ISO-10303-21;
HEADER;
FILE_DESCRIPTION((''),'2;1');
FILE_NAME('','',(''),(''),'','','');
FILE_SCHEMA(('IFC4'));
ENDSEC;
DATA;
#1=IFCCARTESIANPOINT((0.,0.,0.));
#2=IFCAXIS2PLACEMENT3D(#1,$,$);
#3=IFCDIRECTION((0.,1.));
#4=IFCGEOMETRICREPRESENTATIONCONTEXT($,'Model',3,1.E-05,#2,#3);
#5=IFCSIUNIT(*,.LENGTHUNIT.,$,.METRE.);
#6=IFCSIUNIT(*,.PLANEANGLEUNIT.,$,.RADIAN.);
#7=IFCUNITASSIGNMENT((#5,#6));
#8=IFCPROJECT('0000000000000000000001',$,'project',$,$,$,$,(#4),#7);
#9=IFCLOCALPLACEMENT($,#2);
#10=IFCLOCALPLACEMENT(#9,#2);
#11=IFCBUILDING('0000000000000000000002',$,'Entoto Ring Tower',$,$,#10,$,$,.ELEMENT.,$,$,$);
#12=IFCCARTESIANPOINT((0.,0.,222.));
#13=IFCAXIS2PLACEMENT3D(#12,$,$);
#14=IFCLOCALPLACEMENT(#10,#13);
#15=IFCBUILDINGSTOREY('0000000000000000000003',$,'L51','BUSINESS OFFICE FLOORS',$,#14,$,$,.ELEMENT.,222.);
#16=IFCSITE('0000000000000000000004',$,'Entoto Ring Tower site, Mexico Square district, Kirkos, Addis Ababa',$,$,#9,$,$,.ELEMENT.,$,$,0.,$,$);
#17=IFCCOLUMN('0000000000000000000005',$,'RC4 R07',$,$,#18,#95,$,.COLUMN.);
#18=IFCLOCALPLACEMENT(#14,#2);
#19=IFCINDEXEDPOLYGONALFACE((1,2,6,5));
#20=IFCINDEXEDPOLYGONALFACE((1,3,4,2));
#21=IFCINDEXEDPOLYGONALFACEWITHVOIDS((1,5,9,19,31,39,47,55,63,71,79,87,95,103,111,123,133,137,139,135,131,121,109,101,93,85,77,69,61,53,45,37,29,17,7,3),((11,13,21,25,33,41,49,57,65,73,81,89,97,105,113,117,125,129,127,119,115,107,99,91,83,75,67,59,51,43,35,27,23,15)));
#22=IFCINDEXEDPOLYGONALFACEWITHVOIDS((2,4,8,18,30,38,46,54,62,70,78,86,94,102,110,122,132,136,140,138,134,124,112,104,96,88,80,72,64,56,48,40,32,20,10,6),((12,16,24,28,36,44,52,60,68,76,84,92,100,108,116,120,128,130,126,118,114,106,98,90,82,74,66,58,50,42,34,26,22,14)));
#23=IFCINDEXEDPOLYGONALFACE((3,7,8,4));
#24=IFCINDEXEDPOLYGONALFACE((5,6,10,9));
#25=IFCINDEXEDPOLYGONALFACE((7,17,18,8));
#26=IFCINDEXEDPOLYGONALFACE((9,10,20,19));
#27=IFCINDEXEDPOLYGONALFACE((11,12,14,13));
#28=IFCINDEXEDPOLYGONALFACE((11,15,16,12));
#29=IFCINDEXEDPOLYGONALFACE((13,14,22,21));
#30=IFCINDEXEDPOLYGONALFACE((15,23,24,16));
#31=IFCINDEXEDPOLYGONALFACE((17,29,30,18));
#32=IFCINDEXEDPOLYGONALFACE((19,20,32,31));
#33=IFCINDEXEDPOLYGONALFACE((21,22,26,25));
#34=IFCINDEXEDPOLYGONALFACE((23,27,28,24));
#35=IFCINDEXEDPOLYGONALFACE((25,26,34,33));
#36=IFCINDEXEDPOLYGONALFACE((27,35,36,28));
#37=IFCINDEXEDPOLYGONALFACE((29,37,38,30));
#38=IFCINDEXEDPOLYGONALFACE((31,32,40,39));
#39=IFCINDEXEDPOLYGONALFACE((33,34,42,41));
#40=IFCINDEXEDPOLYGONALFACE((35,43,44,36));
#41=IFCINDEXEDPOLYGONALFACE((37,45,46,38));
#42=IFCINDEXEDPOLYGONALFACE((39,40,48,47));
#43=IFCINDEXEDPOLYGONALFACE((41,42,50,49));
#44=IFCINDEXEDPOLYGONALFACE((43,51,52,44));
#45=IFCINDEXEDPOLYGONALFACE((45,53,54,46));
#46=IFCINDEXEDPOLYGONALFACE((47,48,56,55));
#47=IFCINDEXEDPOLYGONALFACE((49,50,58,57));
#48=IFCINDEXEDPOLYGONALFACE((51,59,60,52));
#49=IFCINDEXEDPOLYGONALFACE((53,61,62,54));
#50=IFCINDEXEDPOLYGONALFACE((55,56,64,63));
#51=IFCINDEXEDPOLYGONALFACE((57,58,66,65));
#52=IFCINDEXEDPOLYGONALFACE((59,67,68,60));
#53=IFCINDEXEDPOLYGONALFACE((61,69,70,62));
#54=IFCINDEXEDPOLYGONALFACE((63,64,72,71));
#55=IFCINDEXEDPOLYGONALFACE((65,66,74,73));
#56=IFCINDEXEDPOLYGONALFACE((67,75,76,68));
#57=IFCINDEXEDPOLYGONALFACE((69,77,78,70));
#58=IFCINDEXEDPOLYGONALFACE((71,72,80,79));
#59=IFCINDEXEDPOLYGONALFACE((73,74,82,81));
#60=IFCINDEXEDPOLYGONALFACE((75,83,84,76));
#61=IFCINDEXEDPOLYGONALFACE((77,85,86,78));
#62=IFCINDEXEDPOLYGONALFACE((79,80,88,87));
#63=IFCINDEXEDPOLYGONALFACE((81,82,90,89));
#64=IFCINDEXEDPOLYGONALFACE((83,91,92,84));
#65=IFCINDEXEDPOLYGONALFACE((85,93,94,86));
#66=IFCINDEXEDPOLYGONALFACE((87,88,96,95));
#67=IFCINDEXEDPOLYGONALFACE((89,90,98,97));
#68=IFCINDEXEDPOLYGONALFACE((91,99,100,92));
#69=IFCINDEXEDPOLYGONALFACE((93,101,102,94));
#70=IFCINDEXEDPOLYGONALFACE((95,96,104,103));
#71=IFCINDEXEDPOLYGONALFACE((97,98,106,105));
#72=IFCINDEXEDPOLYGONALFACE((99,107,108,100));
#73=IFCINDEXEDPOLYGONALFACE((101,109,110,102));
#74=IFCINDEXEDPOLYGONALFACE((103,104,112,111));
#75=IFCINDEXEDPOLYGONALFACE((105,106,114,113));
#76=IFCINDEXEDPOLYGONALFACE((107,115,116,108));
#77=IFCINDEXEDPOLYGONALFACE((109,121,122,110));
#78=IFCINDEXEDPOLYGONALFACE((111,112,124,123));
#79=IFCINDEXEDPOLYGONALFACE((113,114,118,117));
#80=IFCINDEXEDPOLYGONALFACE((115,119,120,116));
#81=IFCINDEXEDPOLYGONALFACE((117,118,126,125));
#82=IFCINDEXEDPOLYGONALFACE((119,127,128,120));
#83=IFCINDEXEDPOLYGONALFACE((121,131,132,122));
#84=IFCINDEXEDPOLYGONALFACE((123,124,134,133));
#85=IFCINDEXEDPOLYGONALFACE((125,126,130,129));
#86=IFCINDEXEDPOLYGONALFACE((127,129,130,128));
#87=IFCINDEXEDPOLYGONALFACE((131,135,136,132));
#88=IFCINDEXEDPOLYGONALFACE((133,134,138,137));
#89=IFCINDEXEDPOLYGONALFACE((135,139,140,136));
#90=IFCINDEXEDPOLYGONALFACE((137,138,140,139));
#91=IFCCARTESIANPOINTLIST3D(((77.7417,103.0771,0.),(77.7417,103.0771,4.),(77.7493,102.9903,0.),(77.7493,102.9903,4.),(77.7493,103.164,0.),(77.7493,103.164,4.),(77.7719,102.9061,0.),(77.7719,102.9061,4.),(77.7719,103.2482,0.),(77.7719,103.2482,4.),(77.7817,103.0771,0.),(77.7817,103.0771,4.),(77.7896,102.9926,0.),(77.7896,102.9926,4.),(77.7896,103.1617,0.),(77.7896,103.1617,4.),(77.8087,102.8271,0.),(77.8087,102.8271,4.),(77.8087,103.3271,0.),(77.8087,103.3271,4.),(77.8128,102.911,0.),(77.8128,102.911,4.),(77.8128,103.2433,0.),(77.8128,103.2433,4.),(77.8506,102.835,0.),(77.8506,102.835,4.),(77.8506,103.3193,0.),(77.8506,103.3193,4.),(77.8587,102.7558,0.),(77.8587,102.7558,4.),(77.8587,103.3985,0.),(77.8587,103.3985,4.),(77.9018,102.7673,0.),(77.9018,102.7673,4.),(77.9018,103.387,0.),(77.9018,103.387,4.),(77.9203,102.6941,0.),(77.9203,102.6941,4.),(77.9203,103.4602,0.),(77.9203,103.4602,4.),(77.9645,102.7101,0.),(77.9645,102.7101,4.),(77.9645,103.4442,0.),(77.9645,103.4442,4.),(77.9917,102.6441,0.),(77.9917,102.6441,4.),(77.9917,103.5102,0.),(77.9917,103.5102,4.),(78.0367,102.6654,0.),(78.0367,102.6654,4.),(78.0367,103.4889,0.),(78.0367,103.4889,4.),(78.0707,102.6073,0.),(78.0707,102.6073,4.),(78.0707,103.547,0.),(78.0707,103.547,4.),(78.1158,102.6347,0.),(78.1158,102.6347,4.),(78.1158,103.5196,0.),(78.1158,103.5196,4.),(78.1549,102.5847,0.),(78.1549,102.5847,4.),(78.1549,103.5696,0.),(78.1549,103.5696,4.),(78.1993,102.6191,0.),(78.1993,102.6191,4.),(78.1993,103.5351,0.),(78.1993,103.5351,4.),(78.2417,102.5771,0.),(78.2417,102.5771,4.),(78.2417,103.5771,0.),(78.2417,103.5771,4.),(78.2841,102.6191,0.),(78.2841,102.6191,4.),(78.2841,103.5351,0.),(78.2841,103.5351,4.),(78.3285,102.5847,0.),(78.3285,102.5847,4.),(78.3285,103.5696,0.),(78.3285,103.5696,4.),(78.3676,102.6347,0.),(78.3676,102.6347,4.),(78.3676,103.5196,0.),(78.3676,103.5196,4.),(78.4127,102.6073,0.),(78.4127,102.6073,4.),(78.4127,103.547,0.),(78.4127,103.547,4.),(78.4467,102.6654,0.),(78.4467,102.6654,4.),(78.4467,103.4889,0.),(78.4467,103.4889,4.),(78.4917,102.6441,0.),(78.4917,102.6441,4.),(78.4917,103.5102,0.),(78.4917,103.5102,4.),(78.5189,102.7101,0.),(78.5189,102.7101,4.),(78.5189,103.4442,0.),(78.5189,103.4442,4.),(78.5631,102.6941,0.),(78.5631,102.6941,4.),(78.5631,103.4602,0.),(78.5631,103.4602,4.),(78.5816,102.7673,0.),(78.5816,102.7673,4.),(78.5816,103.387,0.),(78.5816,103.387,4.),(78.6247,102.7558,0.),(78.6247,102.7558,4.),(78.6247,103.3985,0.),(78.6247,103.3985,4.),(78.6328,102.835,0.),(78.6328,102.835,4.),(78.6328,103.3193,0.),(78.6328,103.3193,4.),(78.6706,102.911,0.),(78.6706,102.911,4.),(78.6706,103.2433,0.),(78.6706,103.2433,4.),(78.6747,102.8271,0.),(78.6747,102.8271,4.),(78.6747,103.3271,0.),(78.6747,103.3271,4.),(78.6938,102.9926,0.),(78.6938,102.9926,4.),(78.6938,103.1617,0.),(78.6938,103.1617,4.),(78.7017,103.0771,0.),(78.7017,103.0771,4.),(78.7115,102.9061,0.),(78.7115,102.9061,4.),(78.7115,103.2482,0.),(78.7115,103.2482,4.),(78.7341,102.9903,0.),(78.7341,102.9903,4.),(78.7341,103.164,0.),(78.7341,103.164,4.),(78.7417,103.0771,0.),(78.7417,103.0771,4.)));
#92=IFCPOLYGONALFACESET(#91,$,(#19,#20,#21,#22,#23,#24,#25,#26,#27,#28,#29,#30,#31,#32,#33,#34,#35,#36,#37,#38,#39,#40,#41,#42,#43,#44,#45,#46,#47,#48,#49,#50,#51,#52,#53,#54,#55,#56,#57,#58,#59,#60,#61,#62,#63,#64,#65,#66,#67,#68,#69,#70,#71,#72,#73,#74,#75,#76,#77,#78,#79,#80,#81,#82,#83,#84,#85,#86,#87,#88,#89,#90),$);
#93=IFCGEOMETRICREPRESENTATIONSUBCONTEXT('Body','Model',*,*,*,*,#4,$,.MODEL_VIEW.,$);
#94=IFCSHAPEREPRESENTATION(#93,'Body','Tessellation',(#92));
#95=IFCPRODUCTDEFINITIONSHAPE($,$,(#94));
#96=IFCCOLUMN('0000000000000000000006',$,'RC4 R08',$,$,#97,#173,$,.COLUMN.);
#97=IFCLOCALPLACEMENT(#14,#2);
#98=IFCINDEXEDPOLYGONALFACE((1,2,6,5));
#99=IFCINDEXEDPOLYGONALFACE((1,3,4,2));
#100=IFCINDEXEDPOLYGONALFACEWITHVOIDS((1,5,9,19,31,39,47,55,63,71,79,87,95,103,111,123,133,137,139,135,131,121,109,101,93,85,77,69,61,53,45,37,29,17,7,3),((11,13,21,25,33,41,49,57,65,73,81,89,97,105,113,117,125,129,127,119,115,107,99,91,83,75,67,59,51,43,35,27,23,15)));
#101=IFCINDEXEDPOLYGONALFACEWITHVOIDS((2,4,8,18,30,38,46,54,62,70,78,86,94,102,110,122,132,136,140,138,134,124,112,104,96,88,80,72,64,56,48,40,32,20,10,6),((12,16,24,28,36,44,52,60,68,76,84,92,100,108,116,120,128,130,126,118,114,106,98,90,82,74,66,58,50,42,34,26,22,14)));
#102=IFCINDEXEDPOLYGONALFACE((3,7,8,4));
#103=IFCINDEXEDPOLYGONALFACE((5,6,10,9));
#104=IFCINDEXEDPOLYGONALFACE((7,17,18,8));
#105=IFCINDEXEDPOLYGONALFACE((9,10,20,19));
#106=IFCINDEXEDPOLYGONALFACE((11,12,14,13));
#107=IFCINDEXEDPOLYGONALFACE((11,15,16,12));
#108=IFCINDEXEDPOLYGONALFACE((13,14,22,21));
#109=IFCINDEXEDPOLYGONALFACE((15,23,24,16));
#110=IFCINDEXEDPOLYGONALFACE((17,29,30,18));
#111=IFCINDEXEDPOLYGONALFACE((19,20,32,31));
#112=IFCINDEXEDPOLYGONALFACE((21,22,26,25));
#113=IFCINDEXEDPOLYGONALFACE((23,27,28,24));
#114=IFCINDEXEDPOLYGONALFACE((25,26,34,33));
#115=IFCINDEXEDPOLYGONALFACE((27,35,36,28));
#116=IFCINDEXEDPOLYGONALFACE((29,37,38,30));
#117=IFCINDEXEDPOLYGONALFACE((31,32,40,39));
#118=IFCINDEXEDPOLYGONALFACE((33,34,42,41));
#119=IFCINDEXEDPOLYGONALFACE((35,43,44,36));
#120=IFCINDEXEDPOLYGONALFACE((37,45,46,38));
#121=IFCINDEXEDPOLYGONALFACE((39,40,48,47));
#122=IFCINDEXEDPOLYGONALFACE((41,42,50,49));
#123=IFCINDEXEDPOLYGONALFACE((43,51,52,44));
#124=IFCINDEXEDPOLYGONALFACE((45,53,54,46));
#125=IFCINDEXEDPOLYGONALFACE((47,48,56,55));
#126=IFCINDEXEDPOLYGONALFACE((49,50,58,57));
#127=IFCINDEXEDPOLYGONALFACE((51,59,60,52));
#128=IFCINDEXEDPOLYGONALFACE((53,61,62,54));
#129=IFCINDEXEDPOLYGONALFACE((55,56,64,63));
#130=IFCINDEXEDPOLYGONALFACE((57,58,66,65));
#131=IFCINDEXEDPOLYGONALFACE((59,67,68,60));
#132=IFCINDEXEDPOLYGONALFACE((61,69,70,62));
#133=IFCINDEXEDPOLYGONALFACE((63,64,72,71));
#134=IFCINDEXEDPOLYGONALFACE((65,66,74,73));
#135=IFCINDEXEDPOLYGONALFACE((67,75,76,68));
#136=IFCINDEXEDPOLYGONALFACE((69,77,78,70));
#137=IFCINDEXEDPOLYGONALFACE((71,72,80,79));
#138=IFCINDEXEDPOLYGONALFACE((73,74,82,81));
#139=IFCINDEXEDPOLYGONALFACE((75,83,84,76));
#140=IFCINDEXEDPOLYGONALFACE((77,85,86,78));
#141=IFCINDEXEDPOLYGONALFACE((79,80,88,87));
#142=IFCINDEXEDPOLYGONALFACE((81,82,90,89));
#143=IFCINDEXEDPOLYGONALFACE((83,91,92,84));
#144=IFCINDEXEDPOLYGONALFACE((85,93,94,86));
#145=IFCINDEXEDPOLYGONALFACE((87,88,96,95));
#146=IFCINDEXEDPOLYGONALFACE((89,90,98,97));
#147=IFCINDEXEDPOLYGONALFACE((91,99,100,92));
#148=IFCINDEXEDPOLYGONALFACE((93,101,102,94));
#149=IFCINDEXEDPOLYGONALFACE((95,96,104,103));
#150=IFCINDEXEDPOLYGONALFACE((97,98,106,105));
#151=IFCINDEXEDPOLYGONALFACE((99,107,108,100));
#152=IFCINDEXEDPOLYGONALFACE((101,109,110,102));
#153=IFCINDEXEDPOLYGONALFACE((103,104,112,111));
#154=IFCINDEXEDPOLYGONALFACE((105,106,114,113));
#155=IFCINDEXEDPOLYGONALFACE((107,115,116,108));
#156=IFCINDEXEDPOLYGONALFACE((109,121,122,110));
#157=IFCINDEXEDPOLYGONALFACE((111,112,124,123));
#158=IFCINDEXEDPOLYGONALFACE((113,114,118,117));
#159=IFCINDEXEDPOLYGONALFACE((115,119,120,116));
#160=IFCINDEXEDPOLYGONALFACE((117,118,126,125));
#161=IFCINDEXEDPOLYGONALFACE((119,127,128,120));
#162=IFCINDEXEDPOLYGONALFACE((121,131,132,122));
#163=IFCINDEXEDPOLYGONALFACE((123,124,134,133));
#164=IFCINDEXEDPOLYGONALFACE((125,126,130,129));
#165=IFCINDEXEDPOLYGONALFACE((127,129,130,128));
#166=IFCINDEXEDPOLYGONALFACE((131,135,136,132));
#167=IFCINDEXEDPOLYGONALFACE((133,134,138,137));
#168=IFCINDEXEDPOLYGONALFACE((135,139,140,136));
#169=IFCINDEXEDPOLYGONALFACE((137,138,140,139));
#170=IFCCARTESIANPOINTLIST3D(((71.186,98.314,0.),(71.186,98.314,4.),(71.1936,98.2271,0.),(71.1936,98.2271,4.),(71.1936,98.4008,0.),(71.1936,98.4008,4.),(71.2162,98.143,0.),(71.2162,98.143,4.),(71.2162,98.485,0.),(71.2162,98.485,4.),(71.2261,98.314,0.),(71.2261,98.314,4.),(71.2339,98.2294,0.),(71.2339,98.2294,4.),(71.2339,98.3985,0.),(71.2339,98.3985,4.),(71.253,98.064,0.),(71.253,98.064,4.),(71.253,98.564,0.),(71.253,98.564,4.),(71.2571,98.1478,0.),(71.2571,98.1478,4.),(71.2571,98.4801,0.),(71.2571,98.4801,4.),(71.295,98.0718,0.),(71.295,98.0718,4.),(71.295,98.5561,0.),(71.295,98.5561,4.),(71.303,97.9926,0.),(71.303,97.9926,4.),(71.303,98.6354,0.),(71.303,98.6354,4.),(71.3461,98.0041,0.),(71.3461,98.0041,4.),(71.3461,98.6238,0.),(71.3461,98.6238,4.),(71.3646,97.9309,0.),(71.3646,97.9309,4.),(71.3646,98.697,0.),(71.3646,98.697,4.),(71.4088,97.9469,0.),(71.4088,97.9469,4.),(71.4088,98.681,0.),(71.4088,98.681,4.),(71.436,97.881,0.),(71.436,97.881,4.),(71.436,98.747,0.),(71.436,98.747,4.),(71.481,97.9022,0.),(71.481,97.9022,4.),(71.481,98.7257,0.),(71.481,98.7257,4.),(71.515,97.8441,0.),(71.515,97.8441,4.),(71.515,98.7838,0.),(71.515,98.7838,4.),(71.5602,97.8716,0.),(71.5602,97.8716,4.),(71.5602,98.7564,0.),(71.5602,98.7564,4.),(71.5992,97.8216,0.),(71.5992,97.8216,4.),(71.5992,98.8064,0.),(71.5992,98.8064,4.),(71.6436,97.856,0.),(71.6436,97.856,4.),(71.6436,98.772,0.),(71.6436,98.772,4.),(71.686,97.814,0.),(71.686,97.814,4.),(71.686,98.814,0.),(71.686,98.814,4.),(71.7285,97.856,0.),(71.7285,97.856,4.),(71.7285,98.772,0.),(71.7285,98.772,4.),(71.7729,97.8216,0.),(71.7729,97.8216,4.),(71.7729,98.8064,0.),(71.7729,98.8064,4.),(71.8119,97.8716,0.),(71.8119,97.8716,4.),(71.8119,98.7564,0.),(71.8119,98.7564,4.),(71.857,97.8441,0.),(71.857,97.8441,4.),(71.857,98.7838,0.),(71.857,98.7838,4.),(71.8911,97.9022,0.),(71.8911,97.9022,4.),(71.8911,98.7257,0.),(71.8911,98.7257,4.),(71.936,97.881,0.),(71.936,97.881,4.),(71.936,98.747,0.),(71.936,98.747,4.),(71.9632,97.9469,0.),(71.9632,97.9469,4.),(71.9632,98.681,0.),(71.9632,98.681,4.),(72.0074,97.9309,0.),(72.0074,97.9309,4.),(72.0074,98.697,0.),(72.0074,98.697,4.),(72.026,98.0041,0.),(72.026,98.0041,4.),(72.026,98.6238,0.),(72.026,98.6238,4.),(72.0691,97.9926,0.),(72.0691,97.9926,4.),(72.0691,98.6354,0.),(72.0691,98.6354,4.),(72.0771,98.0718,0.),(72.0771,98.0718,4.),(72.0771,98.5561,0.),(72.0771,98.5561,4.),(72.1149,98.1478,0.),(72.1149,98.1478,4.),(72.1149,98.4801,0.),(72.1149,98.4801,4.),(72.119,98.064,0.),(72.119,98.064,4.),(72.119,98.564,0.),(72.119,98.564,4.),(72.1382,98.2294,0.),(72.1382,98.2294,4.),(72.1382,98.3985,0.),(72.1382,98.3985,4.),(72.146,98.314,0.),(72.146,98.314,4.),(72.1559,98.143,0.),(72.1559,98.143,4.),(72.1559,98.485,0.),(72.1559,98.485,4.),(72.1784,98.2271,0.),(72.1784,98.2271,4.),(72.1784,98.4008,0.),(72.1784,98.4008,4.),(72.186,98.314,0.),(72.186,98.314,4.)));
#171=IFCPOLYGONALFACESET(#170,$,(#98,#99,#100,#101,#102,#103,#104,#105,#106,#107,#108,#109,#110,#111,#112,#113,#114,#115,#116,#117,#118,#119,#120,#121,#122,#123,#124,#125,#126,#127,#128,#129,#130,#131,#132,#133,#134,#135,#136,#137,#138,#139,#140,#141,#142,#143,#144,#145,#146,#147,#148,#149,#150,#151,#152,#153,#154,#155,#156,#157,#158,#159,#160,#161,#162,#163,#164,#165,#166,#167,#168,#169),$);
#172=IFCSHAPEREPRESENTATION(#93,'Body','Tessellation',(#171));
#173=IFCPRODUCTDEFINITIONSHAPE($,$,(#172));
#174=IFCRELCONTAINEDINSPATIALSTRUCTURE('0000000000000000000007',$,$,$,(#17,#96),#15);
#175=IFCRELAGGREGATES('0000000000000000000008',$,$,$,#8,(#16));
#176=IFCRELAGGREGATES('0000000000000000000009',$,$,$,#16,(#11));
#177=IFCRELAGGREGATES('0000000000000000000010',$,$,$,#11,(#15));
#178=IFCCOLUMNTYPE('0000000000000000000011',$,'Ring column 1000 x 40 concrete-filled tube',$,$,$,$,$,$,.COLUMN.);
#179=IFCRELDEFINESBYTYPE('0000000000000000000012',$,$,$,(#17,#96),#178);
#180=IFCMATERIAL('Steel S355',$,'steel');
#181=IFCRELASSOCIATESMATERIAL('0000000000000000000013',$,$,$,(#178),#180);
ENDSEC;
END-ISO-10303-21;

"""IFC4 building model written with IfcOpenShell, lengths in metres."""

from ifc_helpers import new_model, si_unit, direction, frame, origin, origin_2d, place, context, subcontext, project, spatial, circle, hollow_circle, extrude, material, material_profile, profile_set, type_object, element, save


model = new_model("IFC4")

# Units and contexts
model_context = context("Model", 3, precision=1e-05, world=origin(), true_north=direction((0.0, 1.0)))
body_context = subcontext(model_context, "Body", "Model", "MODEL_VIEW")
ifc_project = project(units=[si_unit("LENGTHUNIT", "METRE"), si_unit("PLANEANGLEUNIT", "RADIAN")], contexts=[model_context])

# Site, building, storey
site_placement = place(None, origin())
site = spatial("IfcSite", under=ifc_project, at=site_placement, Name="Entoto Ring Tower site, Mexico Square district, Kirkos, Addis Ababa", CompositionType="ELEMENT", RefElevation=0.0)
building_placement = place(site_placement, origin())
building = spatial("IfcBuilding", under=site, at=building_placement, Name="Entoto Ring Tower", CompositionType="ELEMENT")
storey_placement = place(building_placement, frame((0.0, 0.0, 222.0)))
storey = spatial("IfcBuildingStorey", under=building, at=storey_placement, Name="L51", Description="BUSINESS OFFICE FLOORS", CompositionType="ELEMENT", Elevation=222.0)

# Columns
ifc_material_1 = material(Name="Steel S355", Category="steel")
ifc_material_profile_1 = material_profile(ifc_material_1, hollow_circle(Radius=0.5, WallThickness=0.04, at=origin_2d()), Name="CHS 1000 x 40")
ifc_material_2 = material(Name="Concrete C60/75", Category="concrete")
ifc_material_profile_2 = material_profile(ifc_material_2, circle(Radius=0.46, at=origin_2d()), Name="Concrete C60/75 infill")
ifc_profile_set_1 = profile_set([ifc_material_profile_1, ifc_material_profile_2], Name="Steel S355")
column_type = type_object("IfcColumnType", Name="Ring column 1000 x 40 concrete-filled tube", PredefinedType="COLUMN", material=ifc_profile_set_1)
for number, where, z_axis, x_axis, name in (
    (1, (78.2417, 103.0771, 0.0), (0.0, 0.0, 1.0), (1.0, 0.0, 0.0), "RC4 R07"),
    (2, (71.686, 98.314, 0.0), (0.0, 0.0, 1.0), (1.0, 0.0, 0.0), "RC4 R08"),
):
    element("IfcColumn", number, at=place(storey_placement, frame(where, z_axis=z_axis, x_axis=x_axis)), inside=storey, type_object=column_type, Name=name, PredefinedType="COLUMN", context=body_context, shape_type="SweptSolid", body=[
        extrude(hollow_circle(Radius=0.5, WallThickness=0.04, at=origin_2d()), origin(), (0.0, 0.0, 1.0), 4.0),
    ])

save(model, "model.ifc")
